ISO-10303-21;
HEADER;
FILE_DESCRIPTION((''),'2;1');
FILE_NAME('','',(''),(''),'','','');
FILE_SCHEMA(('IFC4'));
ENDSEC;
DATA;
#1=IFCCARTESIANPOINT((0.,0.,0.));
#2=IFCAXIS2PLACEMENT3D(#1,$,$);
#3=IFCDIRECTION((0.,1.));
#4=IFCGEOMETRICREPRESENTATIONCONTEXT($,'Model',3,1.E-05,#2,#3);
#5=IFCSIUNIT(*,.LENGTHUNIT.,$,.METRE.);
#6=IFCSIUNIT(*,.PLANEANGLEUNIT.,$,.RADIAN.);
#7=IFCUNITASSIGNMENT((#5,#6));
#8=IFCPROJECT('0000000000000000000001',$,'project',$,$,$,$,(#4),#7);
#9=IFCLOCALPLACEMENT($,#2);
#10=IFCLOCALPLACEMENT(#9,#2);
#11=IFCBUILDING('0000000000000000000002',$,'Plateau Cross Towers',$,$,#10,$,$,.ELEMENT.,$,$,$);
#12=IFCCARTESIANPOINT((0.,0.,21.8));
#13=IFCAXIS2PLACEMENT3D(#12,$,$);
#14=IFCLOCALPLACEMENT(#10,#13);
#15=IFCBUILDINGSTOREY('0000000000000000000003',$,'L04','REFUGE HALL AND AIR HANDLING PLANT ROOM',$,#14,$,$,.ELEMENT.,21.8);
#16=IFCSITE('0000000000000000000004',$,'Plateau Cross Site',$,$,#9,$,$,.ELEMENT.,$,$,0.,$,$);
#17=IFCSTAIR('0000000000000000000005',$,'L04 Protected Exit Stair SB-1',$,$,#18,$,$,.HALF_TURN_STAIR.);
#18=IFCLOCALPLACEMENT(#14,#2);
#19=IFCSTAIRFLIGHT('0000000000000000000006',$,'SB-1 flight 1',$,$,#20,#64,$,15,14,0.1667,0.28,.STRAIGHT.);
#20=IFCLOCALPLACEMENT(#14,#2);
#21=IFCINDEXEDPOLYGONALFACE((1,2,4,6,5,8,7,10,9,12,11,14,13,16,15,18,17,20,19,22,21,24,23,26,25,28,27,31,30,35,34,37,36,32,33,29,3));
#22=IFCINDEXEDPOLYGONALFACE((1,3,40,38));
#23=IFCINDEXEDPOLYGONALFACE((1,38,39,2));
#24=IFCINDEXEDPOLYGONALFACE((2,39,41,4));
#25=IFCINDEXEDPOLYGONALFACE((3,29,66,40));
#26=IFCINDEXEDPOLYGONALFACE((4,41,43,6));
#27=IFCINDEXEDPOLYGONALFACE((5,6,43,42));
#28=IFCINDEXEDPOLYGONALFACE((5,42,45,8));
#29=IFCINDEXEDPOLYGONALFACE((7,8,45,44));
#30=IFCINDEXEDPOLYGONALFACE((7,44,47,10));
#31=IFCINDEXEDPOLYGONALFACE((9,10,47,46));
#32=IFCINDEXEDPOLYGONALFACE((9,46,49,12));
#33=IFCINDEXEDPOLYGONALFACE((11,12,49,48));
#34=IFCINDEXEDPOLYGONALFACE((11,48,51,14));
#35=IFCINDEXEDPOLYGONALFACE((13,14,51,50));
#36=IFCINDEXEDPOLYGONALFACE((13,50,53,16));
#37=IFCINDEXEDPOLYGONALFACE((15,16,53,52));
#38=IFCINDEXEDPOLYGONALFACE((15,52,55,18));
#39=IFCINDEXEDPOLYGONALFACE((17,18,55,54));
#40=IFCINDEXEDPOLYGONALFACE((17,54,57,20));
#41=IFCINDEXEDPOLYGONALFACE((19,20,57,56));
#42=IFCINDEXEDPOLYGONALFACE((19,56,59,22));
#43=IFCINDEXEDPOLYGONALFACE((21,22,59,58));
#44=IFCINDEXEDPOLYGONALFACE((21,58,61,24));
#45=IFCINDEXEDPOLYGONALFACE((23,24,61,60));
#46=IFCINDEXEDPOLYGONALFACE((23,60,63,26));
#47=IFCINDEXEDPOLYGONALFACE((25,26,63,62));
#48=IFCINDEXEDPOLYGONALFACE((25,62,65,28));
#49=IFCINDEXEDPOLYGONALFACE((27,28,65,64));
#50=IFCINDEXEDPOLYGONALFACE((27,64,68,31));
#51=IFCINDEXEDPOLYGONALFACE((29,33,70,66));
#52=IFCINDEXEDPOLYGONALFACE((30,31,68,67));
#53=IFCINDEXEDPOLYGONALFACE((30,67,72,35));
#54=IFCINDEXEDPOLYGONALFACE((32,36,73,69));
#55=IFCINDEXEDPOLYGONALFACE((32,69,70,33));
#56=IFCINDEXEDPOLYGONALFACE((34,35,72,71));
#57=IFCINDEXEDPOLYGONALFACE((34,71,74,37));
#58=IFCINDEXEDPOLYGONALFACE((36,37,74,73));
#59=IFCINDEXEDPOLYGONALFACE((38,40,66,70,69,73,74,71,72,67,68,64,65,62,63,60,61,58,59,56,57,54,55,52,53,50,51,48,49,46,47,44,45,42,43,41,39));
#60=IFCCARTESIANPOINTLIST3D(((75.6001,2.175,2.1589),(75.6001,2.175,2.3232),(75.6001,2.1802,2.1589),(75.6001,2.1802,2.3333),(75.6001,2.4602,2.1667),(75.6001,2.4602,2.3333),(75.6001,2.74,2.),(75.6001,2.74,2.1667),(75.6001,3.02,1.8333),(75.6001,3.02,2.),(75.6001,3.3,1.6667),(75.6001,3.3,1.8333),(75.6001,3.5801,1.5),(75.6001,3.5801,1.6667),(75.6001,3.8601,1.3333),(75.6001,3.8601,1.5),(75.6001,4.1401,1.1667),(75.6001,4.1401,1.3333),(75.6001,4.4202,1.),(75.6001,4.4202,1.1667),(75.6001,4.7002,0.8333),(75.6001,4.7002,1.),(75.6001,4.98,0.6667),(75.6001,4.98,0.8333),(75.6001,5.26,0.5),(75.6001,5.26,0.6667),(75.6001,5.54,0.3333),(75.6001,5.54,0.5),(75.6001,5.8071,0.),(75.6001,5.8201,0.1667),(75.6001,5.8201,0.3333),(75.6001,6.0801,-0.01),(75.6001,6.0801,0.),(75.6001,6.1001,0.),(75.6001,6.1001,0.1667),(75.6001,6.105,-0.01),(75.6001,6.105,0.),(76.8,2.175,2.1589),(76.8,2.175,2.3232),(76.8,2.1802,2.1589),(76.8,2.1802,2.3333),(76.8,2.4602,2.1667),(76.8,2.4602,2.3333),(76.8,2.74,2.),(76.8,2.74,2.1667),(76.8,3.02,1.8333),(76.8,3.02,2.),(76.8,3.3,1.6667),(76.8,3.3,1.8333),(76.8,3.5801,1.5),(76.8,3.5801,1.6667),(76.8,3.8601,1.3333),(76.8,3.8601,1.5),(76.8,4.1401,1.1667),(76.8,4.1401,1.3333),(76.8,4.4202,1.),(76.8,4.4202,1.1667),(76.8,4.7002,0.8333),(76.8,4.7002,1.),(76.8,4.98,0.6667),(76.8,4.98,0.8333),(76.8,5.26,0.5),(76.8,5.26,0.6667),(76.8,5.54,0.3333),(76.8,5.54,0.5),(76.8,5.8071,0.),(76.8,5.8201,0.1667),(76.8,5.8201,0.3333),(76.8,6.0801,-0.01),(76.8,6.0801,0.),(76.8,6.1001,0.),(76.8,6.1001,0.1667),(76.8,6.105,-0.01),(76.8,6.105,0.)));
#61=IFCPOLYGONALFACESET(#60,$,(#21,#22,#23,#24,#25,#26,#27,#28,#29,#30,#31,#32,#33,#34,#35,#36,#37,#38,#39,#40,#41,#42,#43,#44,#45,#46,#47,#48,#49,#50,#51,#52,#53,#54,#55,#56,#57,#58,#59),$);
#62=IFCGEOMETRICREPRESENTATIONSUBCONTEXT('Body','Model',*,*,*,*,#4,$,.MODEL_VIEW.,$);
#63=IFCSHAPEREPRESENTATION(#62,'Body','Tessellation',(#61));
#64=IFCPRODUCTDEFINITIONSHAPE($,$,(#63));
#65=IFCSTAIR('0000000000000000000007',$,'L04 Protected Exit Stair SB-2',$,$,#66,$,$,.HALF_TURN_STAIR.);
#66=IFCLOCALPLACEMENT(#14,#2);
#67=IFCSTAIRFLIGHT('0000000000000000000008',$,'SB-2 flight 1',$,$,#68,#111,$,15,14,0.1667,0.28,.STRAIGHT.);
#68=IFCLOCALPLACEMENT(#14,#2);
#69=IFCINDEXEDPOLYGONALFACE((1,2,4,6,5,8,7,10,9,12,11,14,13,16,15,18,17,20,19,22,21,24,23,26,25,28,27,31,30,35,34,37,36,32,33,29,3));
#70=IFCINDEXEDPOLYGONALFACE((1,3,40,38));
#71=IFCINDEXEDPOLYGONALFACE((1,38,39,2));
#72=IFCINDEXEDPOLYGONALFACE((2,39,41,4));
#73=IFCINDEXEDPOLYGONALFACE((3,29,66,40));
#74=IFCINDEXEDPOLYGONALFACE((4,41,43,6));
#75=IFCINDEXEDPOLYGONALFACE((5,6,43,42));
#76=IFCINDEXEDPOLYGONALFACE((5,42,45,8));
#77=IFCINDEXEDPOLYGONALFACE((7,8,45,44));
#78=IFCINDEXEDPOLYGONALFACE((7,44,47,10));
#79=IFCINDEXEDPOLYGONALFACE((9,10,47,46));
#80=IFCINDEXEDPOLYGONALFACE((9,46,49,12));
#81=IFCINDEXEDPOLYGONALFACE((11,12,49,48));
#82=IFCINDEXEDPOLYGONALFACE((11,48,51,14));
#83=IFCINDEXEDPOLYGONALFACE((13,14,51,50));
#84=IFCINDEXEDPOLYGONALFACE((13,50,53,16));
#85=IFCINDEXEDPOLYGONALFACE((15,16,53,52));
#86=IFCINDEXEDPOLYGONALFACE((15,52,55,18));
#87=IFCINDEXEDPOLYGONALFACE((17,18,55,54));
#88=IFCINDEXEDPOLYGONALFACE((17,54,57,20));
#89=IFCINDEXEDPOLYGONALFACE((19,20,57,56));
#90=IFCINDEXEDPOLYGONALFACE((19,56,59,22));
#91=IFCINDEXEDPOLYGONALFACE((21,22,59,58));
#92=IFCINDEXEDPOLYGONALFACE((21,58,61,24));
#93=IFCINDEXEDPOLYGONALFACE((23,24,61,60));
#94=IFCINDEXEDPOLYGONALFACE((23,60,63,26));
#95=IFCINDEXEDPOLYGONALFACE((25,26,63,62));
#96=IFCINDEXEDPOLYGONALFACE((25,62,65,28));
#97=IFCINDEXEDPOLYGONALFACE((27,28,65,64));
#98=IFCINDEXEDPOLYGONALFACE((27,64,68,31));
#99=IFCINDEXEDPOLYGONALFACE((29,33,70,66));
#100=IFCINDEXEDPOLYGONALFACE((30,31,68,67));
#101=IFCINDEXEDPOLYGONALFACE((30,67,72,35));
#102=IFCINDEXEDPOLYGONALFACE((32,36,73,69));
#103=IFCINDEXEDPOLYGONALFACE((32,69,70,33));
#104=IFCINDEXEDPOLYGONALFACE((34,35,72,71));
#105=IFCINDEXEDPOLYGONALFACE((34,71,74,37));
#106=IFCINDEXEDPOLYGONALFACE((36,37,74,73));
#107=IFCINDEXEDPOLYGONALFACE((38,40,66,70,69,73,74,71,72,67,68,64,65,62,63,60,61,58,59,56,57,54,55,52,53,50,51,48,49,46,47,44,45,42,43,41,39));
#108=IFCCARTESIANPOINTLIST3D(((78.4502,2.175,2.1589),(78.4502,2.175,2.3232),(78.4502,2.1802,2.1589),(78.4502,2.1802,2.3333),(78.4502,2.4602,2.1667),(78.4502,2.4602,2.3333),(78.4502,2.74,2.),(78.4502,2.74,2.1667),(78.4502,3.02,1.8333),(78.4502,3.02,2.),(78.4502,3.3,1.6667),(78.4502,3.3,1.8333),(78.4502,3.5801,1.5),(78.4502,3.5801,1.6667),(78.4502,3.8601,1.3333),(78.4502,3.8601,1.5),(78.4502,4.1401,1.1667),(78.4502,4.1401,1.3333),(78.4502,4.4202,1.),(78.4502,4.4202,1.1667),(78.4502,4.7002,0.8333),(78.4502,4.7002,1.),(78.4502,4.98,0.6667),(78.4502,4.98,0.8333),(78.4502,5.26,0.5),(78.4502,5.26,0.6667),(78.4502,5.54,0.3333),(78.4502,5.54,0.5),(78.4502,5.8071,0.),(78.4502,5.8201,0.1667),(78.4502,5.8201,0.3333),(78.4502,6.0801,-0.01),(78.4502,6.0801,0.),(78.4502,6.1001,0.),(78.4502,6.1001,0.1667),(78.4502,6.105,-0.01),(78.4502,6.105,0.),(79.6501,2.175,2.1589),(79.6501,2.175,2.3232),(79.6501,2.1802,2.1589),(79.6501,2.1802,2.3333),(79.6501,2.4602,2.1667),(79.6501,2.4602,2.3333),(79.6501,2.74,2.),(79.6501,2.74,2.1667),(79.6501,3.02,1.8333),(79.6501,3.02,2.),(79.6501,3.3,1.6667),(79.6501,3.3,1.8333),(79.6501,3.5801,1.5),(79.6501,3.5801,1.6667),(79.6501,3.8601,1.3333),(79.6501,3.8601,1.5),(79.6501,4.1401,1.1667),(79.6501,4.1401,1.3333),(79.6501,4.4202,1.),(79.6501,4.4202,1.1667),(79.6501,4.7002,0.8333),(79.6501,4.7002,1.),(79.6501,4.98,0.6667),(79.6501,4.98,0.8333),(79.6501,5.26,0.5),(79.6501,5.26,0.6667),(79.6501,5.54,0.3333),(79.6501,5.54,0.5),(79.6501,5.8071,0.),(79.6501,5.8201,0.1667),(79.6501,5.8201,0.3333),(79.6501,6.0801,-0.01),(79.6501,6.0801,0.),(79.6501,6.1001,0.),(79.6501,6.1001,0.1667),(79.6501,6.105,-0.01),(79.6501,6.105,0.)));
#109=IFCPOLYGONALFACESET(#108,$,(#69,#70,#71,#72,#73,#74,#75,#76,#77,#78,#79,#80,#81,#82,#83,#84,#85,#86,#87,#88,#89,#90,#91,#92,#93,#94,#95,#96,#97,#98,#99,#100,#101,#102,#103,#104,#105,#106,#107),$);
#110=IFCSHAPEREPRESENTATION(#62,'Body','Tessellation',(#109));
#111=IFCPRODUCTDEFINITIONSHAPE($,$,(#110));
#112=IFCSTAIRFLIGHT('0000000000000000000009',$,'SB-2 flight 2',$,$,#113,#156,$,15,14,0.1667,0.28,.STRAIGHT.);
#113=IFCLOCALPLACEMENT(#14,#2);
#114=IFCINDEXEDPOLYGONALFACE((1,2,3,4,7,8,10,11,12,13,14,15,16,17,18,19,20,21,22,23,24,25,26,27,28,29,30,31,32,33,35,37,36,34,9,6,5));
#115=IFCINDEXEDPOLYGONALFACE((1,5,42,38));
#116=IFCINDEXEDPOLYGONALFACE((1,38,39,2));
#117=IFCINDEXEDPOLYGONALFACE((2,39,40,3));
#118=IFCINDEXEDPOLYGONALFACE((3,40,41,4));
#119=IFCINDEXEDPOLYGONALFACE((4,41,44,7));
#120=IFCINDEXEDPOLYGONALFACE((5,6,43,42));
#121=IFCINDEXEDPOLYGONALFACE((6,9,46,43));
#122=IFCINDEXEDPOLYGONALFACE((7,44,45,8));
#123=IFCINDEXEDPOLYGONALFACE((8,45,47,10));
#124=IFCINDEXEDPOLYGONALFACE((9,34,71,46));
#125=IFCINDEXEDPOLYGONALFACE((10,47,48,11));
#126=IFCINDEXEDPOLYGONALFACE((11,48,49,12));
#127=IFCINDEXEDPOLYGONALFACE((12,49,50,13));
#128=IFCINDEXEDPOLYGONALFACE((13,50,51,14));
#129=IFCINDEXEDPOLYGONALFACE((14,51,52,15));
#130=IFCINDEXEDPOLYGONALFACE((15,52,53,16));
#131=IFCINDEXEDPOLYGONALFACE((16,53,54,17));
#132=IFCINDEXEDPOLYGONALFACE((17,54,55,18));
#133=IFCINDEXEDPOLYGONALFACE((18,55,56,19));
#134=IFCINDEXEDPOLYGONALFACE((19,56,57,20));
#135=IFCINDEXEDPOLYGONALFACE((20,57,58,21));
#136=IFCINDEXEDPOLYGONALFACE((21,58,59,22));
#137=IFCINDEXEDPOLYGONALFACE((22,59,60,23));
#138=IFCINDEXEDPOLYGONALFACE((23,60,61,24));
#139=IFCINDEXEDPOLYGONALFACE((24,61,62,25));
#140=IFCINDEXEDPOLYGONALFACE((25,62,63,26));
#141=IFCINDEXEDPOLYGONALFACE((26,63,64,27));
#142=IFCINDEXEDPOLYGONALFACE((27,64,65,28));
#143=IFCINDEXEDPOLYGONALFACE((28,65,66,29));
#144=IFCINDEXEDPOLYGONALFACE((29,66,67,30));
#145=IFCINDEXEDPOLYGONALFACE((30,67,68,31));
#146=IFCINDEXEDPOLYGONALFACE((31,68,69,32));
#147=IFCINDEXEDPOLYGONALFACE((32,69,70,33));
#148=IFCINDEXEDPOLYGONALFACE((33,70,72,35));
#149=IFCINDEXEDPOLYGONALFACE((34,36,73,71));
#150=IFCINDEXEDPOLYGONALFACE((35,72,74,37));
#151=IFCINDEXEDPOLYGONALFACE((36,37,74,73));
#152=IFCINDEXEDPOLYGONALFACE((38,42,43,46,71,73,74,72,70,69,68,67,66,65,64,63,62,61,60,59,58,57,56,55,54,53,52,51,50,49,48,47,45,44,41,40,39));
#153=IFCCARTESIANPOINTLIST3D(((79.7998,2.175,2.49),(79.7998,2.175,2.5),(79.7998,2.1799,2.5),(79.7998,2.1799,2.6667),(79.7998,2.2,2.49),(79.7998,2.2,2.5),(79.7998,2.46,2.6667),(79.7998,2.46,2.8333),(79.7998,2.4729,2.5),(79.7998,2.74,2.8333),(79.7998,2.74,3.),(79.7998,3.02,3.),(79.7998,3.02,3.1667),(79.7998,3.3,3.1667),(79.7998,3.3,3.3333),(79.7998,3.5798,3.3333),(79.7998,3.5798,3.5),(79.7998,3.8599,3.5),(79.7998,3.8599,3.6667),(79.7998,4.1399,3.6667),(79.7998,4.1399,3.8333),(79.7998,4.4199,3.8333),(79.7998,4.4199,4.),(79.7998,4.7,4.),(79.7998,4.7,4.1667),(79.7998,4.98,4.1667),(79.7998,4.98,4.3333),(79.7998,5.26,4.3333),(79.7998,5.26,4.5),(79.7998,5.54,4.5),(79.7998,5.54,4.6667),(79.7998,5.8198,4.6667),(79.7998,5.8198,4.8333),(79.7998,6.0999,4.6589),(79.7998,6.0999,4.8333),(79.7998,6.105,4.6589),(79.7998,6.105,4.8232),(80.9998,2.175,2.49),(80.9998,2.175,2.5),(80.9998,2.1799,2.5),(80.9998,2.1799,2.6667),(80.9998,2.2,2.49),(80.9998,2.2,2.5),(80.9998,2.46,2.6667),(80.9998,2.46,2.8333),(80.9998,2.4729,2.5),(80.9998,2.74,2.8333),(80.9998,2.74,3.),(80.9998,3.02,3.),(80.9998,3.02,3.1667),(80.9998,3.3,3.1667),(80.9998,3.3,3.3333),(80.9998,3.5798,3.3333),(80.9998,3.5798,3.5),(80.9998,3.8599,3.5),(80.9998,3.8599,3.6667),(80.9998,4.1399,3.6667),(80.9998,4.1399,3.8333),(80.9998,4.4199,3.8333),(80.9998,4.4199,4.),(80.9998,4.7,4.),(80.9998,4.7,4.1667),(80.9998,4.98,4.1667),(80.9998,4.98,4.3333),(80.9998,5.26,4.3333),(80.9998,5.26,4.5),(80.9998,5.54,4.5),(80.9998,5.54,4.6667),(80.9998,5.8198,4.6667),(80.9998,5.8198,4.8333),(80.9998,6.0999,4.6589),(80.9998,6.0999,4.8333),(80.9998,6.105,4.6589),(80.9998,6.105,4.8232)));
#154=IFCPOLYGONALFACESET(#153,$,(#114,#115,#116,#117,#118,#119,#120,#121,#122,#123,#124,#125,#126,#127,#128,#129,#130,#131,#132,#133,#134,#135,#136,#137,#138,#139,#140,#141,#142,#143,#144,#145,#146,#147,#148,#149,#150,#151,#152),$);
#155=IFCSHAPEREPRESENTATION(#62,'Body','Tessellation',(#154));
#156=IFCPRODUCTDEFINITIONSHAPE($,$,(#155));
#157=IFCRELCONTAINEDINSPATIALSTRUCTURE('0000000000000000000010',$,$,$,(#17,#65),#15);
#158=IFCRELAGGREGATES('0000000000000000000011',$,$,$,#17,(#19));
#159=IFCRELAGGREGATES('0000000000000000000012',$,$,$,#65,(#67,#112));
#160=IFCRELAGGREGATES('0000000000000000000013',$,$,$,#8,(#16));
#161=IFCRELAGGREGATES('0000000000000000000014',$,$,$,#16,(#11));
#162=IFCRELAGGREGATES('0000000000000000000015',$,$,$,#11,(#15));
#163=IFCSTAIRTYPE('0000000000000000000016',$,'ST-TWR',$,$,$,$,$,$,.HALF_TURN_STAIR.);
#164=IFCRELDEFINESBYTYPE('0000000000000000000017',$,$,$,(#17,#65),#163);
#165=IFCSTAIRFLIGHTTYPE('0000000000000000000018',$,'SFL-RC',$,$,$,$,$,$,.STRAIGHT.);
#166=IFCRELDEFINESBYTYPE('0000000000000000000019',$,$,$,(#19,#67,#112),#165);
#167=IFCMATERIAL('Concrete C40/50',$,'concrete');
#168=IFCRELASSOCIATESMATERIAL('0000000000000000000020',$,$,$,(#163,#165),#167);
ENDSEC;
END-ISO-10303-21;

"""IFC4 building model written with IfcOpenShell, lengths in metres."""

from ifc_helpers import new_model, si_unit, direction, frame, origin, place, context, subcontext, project, spatial, polyline, outline, extrude, material, type_object, element, aggregate, save


model = new_model("IFC4")

# Units and contexts
model_context = context("Model", 3, precision=1e-05, world=origin(), true_north=direction((0.0, 1.0)))
body_context = subcontext(model_context, "Body", "Model", "MODEL_VIEW")
ifc_project = project(units=[si_unit("LENGTHUNIT", "METRE"), si_unit("PLANEANGLEUNIT", "RADIAN")], contexts=[model_context])

# Site, building, storey
site_placement = place(None, origin())
site = spatial("IfcSite", under=ifc_project, at=site_placement, Name="Plateau Cross Site", CompositionType="ELEMENT", RefElevation=0.0)
building_placement = place(site_placement, origin())
building = spatial("IfcBuilding", under=site, at=building_placement, Name="Plateau Cross Towers", CompositionType="ELEMENT")
storey_placement = place(building_placement, frame((0.0, 0.0, 21.8)))
storey = spatial("IfcBuildingStorey", under=building, at=storey_placement, Name="L04", Description="REFUGE HALL AND AIR HANDLING PLANT ROOM", CompositionType="ELEMENT", Elevation=21.8)

# Stair, stair flight
ifc_material_1 = material(Name="Concrete C40/50", Category="concrete")
stair_type = type_object("IfcStairType", Name="ST-TWR", PredefinedType="HALF_TURN_STAIR", material=ifc_material_1)
stair_1_placement = place(storey_placement, origin())
stair_1 = element("IfcStair", 1, at=stair_1_placement, inside=storey, type_object=stair_type, Name="L04 Protected Exit Stair SB-1", PredefinedType="HALF_TURN_STAIR")
stair_flight_type = type_object("IfcStairFlightType", Name="SFL-RC", PredefinedType="STRAIGHT", material=ifc_material_1)
stair_flight_1_placement = place(storey_placement, frame((76.2, 6.1001, 0.0), z_axis=(0.0, 0.0, 1.0), x_axis=(0.0, -1.0, 0.0)))
stair_flight_1 = element("IfcStairFlight", 2, at=stair_flight_1_placement, type_object=stair_flight_type, Name="SB-1 flight 1", NumberOfRisers=15, NumberOfTreads=14, PredefinedType="STRAIGHT", RiserHeight=0.1667, TreadLength=0.28, context=body_context, shape_type="SweptSolid", body=[
    extrude(outline(polyline([(-0.0049, -0.01), (-0.0049, 0.0), (0.0, 0.0), (0.0, 0.1667), (0.28, 0.1667), (0.28, 0.3333), (0.5601, 0.3333), (0.5601, 0.5), (0.8401, 0.5), (0.8401, 0.6667), (1.1201, 0.6667), (1.1201, 0.8333), (1.3999, 0.8333), (1.3999, 1.0), (1.6799, 1.0), (1.6799, 1.1667), (1.96, 1.1667), (1.96, 1.3333), (2.24, 1.3333), (2.24, 1.5), (2.52, 1.5), (2.52, 1.6667), (2.8, 1.6667), (2.8, 1.8333), (3.0801, 1.8333), (3.0801, 2.0), (3.3601, 2.0), (3.3601, 2.1667), (3.6399, 2.1667), (3.6399, 2.3333), (3.9199, 2.3333), (3.925, 2.3232), (3.925, 2.1589), (3.9199, 2.1589), (0.293, 0.0), (0.02, 0.0), (0.02, -0.01), (-0.0049, -0.01)])), frame((0.0, 0.6001, 0.0), z_axis=(0.0, -1.0, 0.0), x_axis=(1.0, 0.0, 0.0)), (0.0, 0.0, 1.0), 1.2),
])
aggregate(stair_1, [stair_flight_1])

# Stair, stair flights
stair_2_placement = place(storey_placement, origin())
stair_2 = element("IfcStair", 3, at=stair_2_placement, inside=storey, type_object=stair_type, Name="L04 Protected Exit Stair SB-2", PredefinedType="HALF_TURN_STAIR")
stair_flight_2_placement = place(storey_placement, frame((79.05, 6.1001, 0.0), z_axis=(0.0, 0.0, 1.0), x_axis=(0.0, -1.0, 0.0)))
stair_flight_2 = element("IfcStairFlight", 4, at=stair_flight_2_placement, type_object=stair_flight_type, Name="SB-2 flight 1", NumberOfRisers=15, NumberOfTreads=14, PredefinedType="STRAIGHT", RiserHeight=0.1667, TreadLength=0.28, context=body_context, shape_type="SweptSolid", body=[
    extrude(outline(polyline([(-0.0049, -0.01), (-0.0049, 0.0), (0.0, 0.0), (0.0, 0.1667), (0.28, 0.1667), (0.28, 0.3333), (0.5601, 0.3333), (0.5601, 0.5), (0.8401, 0.5), (0.8401, 0.6667), (1.1201, 0.6667), (1.1201, 0.8333), (1.3999, 0.8333), (1.3999, 1.0), (1.6799, 1.0), (1.6799, 1.1667), (1.96, 1.1667), (1.96, 1.3333), (2.24, 1.3333), (2.24, 1.5), (2.52, 1.5), (2.52, 1.6667), (2.8, 1.6667), (2.8, 1.8333), (3.0801, 1.8333), (3.0801, 2.0), (3.3601, 2.0), (3.3601, 2.1667), (3.6399, 2.1667), (3.6399, 2.3333), (3.9199, 2.3333), (3.925, 2.3232), (3.925, 2.1589), (3.9199, 2.1589), (0.293, 0.0), (0.02, 0.0), (0.02, -0.01), (-0.0049, -0.01)])), frame((0.0, 0.6001, 0.0), z_axis=(0.0, -1.0, 0.0), x_axis=(1.0, 0.0, 0.0)), (0.0, 0.0, 1.0), 1.2),
])
stair_flight_3_placement = place(storey_placement, frame((80.3999, 2.1799, 2.5), z_axis=(0.0, 0.0, 1.0), x_axis=(0.0, 1.0, 0.0)))
stair_flight_3 = element("IfcStairFlight", 5, at=stair_flight_3_placement, type_object=stair_flight_type, Name="SB-2 flight 2", NumberOfRisers=15, NumberOfTreads=14, PredefinedType="STRAIGHT", RiserHeight=0.1667, TreadLength=0.28, context=body_context, shape_type="SweptSolid", body=[
    extrude(outline(polyline([(-0.0049, -0.01), (-0.0049, 0.0), (0.0, 0.0), (0.0, 0.1667), (0.28, 0.1667), (0.28, 0.3333), (0.5601, 0.3333), (0.5601, 0.5), (0.8401, 0.5), (0.8401, 0.6667), (1.1201, 0.6667), (1.1201, 0.8333), (1.3999, 0.8333), (1.3999, 1.0), (1.6799, 1.0), (1.6799, 1.1667), (1.96, 1.1667), (1.96, 1.3333), (2.24, 1.3333), (2.24, 1.5), (2.52, 1.5), (2.52, 1.6667), (2.8, 1.6667), (2.8, 1.8333), (3.0801, 1.8333), (3.0801, 2.0), (3.3601, 2.0), (3.3601, 2.1667), (3.6399, 2.1667), (3.6399, 2.3333), (3.9199, 2.3333), (3.925, 2.3232), (3.925, 2.1589), (3.9199, 2.1589), (0.293, 0.0), (0.02, 0.0), (0.02, -0.01), (-0.0049, -0.01)])), frame((0.0, 0.6001, 0.0), z_axis=(0.0, -1.0, 0.0), x_axis=(1.0, 0.0, 0.0)), (0.0, 0.0, 1.0), 1.2),
])
aggregate(stair_2, [stair_flight_2, stair_flight_3])

save(model, "model.ifc")
